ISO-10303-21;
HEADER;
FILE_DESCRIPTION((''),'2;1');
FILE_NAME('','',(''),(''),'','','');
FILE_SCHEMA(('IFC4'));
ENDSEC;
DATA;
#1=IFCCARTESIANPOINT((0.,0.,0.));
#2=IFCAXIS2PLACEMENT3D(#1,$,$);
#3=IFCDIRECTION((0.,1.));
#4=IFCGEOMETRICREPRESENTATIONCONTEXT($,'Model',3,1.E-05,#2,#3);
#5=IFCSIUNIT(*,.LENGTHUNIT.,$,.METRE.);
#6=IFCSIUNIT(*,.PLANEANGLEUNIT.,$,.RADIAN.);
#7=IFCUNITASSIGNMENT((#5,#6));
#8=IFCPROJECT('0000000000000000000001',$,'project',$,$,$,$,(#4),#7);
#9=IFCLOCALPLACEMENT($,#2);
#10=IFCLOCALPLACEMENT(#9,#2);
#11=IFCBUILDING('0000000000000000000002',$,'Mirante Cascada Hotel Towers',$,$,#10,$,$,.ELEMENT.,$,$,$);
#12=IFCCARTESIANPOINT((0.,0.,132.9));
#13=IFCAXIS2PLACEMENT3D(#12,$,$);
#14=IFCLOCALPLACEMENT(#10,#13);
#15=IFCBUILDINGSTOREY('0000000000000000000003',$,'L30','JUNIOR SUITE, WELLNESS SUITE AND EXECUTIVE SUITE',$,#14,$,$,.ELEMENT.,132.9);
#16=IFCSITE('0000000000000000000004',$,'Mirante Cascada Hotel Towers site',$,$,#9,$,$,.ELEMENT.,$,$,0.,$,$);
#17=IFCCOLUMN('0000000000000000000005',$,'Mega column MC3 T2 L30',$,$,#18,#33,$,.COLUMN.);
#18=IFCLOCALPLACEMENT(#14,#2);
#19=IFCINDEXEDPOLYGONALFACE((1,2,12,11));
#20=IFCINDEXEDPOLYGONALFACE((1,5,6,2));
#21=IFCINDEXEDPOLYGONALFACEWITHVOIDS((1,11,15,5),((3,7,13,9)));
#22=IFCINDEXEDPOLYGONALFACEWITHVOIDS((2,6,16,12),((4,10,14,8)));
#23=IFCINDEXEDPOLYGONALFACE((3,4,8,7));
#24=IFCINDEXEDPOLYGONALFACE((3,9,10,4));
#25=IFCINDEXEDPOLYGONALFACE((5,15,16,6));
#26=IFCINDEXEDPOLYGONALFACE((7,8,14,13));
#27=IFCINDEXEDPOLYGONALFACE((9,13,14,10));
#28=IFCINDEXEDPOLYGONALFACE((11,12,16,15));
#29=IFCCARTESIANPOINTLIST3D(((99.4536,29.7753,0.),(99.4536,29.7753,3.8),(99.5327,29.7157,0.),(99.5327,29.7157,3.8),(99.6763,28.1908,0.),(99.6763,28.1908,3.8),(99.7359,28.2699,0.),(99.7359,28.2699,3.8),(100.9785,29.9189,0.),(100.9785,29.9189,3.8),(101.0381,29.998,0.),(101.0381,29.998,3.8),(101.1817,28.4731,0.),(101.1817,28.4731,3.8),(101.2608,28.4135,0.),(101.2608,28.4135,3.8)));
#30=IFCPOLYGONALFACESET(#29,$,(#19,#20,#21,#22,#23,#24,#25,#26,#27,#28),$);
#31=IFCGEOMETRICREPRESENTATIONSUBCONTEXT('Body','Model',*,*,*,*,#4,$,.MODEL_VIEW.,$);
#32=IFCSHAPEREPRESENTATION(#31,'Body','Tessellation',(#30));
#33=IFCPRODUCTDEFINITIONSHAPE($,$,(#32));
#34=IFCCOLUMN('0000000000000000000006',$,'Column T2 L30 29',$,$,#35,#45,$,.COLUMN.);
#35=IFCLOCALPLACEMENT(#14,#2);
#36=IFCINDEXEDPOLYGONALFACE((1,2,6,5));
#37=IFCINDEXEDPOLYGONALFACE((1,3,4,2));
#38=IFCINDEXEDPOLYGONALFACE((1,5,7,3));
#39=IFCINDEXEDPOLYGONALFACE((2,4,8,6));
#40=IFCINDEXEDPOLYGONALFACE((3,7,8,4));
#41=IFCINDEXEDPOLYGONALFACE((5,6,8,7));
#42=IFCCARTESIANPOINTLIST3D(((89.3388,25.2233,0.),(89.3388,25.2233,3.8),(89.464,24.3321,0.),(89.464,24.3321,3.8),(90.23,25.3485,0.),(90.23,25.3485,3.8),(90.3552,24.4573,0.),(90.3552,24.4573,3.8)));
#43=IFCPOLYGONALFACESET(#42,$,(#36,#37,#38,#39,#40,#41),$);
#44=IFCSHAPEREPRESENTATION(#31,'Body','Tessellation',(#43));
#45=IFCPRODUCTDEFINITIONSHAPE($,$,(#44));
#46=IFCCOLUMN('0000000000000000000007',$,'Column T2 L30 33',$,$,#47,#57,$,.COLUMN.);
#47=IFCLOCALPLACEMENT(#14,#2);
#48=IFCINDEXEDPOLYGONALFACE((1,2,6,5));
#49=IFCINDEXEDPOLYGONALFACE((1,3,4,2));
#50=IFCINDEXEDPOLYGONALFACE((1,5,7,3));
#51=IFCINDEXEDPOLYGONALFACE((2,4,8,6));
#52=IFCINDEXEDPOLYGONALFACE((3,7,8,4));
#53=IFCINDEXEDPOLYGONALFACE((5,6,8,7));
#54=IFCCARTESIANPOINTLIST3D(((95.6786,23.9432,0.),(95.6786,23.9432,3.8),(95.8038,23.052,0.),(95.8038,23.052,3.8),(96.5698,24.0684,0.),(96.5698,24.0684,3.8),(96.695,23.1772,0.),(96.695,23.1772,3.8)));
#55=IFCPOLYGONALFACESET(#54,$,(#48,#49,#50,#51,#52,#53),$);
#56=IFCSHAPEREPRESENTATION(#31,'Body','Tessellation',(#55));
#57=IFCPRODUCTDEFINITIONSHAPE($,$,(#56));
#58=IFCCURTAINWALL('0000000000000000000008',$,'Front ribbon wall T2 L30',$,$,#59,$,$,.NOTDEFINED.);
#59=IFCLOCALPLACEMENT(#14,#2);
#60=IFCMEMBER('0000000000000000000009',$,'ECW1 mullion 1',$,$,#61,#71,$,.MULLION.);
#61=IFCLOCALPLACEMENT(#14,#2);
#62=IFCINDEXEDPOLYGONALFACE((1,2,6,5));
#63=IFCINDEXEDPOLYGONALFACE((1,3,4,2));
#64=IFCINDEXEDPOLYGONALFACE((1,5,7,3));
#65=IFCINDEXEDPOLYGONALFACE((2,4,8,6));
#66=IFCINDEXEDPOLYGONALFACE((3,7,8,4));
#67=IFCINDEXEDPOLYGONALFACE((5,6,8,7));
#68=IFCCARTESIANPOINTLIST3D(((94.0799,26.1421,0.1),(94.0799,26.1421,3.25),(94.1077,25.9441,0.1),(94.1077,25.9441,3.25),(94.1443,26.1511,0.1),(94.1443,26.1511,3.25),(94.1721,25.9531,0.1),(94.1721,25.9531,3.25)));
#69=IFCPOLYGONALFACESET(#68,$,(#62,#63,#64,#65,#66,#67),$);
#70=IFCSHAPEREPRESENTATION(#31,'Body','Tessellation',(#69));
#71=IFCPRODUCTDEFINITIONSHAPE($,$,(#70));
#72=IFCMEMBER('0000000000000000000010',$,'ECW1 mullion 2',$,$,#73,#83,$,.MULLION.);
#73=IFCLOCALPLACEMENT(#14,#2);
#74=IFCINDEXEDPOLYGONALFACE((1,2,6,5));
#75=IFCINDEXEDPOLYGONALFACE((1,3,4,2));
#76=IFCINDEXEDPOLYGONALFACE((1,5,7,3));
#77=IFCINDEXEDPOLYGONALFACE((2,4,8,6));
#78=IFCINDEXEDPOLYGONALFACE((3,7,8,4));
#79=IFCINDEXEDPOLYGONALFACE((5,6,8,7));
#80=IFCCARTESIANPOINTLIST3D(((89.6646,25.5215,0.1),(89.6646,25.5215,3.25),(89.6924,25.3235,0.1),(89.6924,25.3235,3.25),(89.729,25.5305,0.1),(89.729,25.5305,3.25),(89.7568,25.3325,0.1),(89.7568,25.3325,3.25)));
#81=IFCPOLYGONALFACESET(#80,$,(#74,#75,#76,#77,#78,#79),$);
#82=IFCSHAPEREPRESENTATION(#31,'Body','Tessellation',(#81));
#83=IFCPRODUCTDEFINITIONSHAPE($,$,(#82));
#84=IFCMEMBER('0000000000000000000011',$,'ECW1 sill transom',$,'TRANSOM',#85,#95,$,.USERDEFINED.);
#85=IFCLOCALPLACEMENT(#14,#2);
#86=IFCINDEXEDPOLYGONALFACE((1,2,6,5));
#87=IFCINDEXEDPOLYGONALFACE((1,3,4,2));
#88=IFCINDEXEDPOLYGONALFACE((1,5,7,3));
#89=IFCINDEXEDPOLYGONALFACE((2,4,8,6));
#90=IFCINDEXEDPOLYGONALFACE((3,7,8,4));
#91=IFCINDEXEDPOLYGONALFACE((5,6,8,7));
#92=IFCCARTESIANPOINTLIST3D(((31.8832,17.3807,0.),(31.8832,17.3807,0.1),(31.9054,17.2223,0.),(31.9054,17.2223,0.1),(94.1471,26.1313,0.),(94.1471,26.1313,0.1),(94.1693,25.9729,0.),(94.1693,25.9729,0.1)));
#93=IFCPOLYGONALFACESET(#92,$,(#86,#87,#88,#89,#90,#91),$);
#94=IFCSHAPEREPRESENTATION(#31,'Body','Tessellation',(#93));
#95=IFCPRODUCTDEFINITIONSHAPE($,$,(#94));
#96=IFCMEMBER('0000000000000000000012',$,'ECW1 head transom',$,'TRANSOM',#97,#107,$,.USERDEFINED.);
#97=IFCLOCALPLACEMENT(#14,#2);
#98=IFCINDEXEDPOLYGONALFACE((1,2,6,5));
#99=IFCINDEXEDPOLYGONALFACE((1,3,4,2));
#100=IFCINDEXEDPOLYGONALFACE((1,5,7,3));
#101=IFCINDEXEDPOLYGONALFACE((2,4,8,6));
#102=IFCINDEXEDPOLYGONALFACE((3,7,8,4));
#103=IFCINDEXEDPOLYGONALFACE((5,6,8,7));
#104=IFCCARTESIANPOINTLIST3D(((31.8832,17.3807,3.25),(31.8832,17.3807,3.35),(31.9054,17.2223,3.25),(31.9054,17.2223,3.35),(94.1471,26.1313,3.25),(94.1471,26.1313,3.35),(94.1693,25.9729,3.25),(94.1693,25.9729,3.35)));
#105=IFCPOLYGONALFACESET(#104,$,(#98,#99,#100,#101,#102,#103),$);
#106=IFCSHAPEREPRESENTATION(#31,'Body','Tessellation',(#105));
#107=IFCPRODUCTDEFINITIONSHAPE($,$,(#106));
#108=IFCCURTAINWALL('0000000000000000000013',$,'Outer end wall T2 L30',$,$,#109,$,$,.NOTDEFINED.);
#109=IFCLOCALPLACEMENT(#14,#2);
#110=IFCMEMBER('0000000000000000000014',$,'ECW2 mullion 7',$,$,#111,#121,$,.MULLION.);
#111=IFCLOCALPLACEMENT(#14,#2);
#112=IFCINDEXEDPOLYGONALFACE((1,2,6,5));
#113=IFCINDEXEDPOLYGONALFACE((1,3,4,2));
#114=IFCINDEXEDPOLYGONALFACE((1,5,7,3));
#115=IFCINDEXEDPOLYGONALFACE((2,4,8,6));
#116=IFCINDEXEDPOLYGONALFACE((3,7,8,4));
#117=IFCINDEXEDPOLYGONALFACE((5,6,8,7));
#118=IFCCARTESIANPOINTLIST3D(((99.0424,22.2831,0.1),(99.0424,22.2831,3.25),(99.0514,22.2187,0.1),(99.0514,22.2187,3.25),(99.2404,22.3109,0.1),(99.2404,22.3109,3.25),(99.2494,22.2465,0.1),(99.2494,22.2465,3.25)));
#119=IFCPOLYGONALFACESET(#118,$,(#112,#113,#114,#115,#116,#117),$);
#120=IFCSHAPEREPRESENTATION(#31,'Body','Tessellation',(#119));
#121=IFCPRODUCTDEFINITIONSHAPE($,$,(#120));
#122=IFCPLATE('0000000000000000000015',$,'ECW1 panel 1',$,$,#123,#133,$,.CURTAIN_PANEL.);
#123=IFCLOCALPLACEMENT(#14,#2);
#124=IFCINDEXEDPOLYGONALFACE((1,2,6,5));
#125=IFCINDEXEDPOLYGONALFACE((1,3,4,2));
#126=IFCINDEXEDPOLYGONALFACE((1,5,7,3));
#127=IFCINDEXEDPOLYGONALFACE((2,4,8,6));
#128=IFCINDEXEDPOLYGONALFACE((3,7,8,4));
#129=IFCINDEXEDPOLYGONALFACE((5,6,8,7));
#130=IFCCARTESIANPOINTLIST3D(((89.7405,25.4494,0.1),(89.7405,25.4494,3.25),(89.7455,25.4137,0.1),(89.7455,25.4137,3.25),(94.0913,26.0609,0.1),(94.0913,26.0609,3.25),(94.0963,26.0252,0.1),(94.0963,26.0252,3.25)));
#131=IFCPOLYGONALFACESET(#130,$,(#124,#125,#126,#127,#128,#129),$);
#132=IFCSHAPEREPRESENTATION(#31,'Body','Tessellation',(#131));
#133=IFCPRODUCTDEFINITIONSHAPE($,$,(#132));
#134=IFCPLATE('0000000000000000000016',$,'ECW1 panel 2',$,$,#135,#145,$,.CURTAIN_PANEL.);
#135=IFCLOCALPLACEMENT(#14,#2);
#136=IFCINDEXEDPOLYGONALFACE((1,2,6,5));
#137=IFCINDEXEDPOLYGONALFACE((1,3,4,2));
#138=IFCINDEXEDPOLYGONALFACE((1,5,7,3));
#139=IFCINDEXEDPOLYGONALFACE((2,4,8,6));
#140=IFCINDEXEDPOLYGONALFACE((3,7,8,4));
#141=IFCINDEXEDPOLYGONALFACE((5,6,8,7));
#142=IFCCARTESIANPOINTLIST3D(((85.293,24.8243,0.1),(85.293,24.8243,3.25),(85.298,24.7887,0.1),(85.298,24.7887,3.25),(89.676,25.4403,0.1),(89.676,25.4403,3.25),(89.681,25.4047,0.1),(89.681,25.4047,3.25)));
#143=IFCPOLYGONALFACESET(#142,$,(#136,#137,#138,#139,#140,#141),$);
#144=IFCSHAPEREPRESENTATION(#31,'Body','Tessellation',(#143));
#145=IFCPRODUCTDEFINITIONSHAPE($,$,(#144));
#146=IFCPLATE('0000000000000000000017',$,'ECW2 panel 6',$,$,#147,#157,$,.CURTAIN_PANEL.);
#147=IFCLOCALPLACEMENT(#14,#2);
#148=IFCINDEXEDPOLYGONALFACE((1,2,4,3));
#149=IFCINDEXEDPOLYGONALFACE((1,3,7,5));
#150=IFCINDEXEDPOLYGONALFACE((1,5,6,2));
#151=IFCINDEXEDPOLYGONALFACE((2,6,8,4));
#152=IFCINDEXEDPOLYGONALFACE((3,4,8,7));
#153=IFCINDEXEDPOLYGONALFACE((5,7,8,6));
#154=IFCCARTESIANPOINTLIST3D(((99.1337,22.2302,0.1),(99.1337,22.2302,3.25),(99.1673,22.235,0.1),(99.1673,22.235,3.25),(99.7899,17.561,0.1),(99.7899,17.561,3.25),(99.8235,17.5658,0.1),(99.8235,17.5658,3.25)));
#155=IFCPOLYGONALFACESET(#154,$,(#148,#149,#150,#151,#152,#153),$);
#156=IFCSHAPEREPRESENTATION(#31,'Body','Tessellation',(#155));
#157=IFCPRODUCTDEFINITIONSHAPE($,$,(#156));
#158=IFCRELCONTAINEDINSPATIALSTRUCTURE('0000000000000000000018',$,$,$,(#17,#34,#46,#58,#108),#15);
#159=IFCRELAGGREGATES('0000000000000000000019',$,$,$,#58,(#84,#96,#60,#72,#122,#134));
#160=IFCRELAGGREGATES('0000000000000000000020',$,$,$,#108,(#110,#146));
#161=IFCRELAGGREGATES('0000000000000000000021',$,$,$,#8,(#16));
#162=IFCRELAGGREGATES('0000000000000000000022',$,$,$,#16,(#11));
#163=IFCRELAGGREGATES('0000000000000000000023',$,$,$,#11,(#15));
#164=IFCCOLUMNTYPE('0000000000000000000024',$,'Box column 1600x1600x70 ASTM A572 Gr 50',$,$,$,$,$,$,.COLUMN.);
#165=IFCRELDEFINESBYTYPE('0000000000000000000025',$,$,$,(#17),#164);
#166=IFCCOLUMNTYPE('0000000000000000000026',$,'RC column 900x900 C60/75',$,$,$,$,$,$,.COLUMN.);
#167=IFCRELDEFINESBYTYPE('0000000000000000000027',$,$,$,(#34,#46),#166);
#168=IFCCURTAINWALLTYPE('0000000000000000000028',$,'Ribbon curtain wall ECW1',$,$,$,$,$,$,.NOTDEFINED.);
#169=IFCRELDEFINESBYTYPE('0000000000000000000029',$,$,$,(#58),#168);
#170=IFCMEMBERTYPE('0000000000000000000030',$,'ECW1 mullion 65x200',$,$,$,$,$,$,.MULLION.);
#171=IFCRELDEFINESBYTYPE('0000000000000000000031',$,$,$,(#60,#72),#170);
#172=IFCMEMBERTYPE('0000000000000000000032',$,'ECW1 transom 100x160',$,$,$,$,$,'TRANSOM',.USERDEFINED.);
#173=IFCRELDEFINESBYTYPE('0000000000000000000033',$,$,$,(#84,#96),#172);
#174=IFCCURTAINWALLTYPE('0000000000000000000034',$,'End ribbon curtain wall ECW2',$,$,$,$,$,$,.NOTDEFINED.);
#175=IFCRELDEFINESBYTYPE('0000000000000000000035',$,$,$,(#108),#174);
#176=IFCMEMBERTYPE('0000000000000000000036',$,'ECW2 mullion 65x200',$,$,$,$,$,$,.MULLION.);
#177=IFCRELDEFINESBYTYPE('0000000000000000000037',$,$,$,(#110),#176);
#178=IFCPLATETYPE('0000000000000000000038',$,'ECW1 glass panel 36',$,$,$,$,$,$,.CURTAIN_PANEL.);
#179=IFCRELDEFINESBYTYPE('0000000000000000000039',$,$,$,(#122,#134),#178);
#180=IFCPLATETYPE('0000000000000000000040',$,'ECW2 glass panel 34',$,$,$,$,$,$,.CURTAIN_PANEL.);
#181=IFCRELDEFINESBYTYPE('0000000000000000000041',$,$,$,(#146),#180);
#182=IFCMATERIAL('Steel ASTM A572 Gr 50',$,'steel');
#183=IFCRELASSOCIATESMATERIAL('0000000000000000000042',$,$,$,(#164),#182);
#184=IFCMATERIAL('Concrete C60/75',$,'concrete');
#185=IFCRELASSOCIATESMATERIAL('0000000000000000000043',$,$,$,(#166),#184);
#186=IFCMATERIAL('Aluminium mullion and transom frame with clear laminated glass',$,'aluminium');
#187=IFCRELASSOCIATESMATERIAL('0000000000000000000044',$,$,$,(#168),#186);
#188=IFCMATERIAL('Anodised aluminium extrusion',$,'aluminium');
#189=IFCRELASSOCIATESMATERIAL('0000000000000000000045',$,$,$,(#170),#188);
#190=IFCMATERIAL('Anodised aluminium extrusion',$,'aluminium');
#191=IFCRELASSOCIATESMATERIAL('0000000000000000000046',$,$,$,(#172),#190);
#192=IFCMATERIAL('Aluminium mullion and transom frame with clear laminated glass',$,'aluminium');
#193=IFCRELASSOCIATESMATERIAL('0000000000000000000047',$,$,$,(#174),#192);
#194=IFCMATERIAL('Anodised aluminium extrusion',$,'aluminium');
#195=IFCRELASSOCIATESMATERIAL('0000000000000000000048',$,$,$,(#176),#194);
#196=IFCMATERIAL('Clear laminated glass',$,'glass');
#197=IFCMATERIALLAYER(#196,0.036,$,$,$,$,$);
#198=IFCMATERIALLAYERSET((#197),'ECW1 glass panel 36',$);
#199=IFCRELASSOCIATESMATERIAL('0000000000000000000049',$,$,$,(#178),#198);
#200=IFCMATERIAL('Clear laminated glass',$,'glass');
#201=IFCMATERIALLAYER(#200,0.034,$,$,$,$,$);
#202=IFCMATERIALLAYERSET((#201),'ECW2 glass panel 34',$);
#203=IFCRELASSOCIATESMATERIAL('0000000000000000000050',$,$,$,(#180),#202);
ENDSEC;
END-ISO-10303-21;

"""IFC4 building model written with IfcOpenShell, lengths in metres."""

from ifc_helpers import new_model, si_unit, direction, frame, origin, origin_2d, place, context, subcontext, project, spatial, rectangle, hollow_rectangle, extrude, material, layer, layer_set, material_profile, profile_set, type_object, element, aggregate, save


model = new_model("IFC4")

# Units and contexts
model_context = context("Model", 3, precision=1e-05, world=origin(), true_north=direction((0.0, 1.0)))
body_context = subcontext(model_context, "Body", "Model", "MODEL_VIEW")
ifc_project = project(units=[si_unit("LENGTHUNIT", "METRE"), si_unit("PLANEANGLEUNIT", "RADIAN")], contexts=[model_context])

# Site, building, storey
site_placement = place(None, origin())
site = spatial("IfcSite", under=ifc_project, at=site_placement, Name="Mirante Cascada Hotel Towers site", CompositionType="ELEMENT", RefElevation=0.0)
building_placement = place(site_placement, origin())
building = spatial("IfcBuilding", under=site, at=building_placement, Name="Mirante Cascada Hotel Towers", CompositionType="ELEMENT")
storey_placement = place(building_placement, frame((0.0, 0.0, 132.9)))
storey = spatial("IfcBuildingStorey", under=building, at=storey_placement, Name="L30", Description="JUNIOR SUITE, WELLNESS SUITE AND EXECUTIVE SUITE", CompositionType="ELEMENT", Elevation=132.9)

# Columns
ifc_material_1 = material(Name="Steel ASTM A572 Gr 50", Category="steel")
ifc_material_profile_1 = material_profile(ifc_material_1, hollow_rectangle(XDim=1.6, YDim=1.6, WallThickness=0.07, at=origin_2d()), Name="Box column 1600x1600x70 ASTM A572 Gr 50")
ifc_profile_set_1 = profile_set([ifc_material_profile_1], Name="Steel ASTM A572 Gr 50")
column_type_1 = type_object("IfcColumnType", Name="Box column 1600x1600x70 ASTM A572 Gr 50", PredefinedType="COLUMN", material=ifc_profile_set_1)
column_placement = place(storey_placement, frame((100.3572, 29.0944, 0.0), z_axis=(0.0, 0.0, 1.0), x_axis=(0.990268, 0.139173, 0.0)))
element("IfcColumn", 1, at=column_placement, inside=storey, type_object=column_type_1, Name="Mega column MC3 T2 L30", PredefinedType="COLUMN", context=body_context, shape_type="SweptSolid", body=[
    extrude(hollow_rectangle(XDim=1.6, YDim=1.6, WallThickness=0.07, at=origin_2d()), origin(), (0.0, 0.0, 1.0), 3.8),
])
ifc_material_2 = material(Name="Concrete C60/75", Category="concrete")
ifc_material_profile_2 = material_profile(ifc_material_2, rectangle(XDim=0.9, YDim=0.9, at=origin_2d()), Name="RC column 900x900 C60/75")
ifc_profile_set_2 = profile_set([ifc_material_profile_2], Name="Concrete C60/75")
column_type_2 = type_object("IfcColumnType", Name="RC column 900x900 C60/75", PredefinedType="COLUMN", material=ifc_profile_set_2)
for number, where, z_axis, x_axis, name in (
    (2, (89.847, 24.8403, 0.0), (0.0, 0.0, 1.0), (0.990268, 0.139173, 0.0), "Column T2 L30 29"),
    (3, (96.1868, 23.5602, 0.0), (0.0, 0.0, 1.0), (0.990268, 0.139173, 0.0), "Column T2 L30 33"),
):
    element("IfcColumn", number, at=place(storey_placement, frame(where, z_axis=z_axis, x_axis=x_axis)), inside=storey, type_object=column_type_2, Name=name, PredefinedType="COLUMN", context=body_context, shape_type="SweptSolid", body=[
        extrude(rectangle(XDim=0.9, YDim=0.9, at=origin_2d()), origin(), (0.0, 0.0, 1.0), 3.8),
    ])

# Curtain wall, members
ifc_material_3 = material(Name="Aluminium mullion and transom frame with clear laminated glass", Category="aluminium")
curtain_wall_type_1 = type_object("IfcCurtainWallType", Name="Ribbon curtain wall ECW1", PredefinedType="NOTDEFINED", material=ifc_material_3)
curtain_wall_1_placement = place(storey_placement, origin())
curtain_wall_1 = element("IfcCurtainWall", 4, at=curtain_wall_1_placement, inside=storey, type_object=curtain_wall_type_1, Name="Front ribbon wall T2 L30", PredefinedType="NOTDEFINED")
ifc_material_4 = material(Name="Anodised aluminium extrusion", Category="aluminium")
ifc_material_profile_3 = material_profile(ifc_material_4, rectangle(XDim=0.2, YDim=0.065, at=origin_2d()), Name="ECW1 MULLION 65x200")
ifc_profile_set_3 = profile_set([ifc_material_profile_3], Name="Anodised aluminium extrusion")
member_type_1 = type_object("IfcMemberType", Name="ECW1 mullion 65x200", PredefinedType="MULLION", material=ifc_profile_set_3)
member_1_placement = place(storey_placement, frame((94.126, 26.0476, 0.1), z_axis=(0.0, 0.0, 1.0), x_axis=(0.139173, -0.990268, 0.0)))
member_1 = element("IfcMember", 5, at=member_1_placement, type_object=member_type_1, Name="ECW1 mullion 1", PredefinedType="MULLION", context=body_context, shape_type="SweptSolid", body=[
    extrude(rectangle(XDim=0.2, YDim=0.065, at=origin_2d()), origin(), (0.0, 0.0, 1.0), 3.15),
])
member_2_placement = place(storey_placement, frame((89.7107, 25.427, 0.1), z_axis=(0.0, 0.0, 1.0), x_axis=(0.139173, -0.990268, 0.0)))
member_2 = element("IfcMember", 6, at=member_2_placement, type_object=member_type_1, Name="ECW1 mullion 2", PredefinedType="MULLION", context=body_context, shape_type="SweptSolid", body=[
    extrude(rectangle(XDim=0.2, YDim=0.065, at=origin_2d()), origin(), (0.0, 0.0, 1.0), 3.15),
])
ifc_material_5 = material(Name="Anodised aluminium extrusion", Category="aluminium")
ifc_material_profile_4 = material_profile(ifc_material_5, rectangle(XDim=0.16, YDim=0.1, at=origin_2d()), Name="ECW1 TRANSOM 100x160")
ifc_profile_set_4 = profile_set([ifc_material_profile_4], Name="Anodised aluminium extrusion")
member_type_2 = type_object("IfcMemberType", Name="ECW1 transom 100x160", ElementType="TRANSOM", PredefinedType="USERDEFINED", material=ifc_profile_set_4)
member_3_placement = place(storey_placement, frame((94.1582, 26.0521, 0.05), z_axis=(-0.990268, -0.139173, 0.0), x_axis=(0.139173, -0.990268, 0.0)))
member_3 = element("IfcMember", 7, at=member_3_placement, type_object=member_type_2, Name="ECW1 sill transom", ObjectType="TRANSOM", PredefinedType="USERDEFINED", context=body_context, shape_type="SweptSolid", body=[
    extrude(rectangle(XDim=0.16, YDim=0.1, at=origin_2d()), origin(), (0.0, 0.0, 1.0), 62.8758),
])
member_4_placement = place(storey_placement, frame((94.1582, 26.0521, 3.3), z_axis=(-0.990268, -0.139173, 0.0), x_axis=(0.139173, -0.990268, 0.0)))
member_4 = element("IfcMember", 8, at=member_4_placement, type_object=member_type_2, Name="ECW1 head transom", ObjectType="TRANSOM", PredefinedType="USERDEFINED", context=body_context, shape_type="SweptSolid", body=[
    extrude(rectangle(XDim=0.16, YDim=0.1, at=origin_2d()), origin(), (0.0, 0.0, 1.0), 62.8758),
])

# Curtain wall, member
ifc_material_6 = material(Name="Aluminium mullion and transom frame with clear laminated glass", Category="aluminium")
curtain_wall_type_2 = type_object("IfcCurtainWallType", Name="End ribbon curtain wall ECW2", PredefinedType="NOTDEFINED", material=ifc_material_6)
curtain_wall_2_placement = place(storey_placement, origin())
curtain_wall_2 = element("IfcCurtainWall", 9, at=curtain_wall_2_placement, inside=storey, type_object=curtain_wall_type_2, Name="Outer end wall T2 L30", PredefinedType="NOTDEFINED")
ifc_material_7 = material(Name="Anodised aluminium extrusion", Category="aluminium")
ifc_material_profile_5 = material_profile(ifc_material_7, rectangle(XDim=0.2, YDim=0.065, at=origin_2d()), Name="ECW2 MULLION 65x200")
ifc_profile_set_5 = profile_set([ifc_material_profile_5], Name="Anodised aluminium extrusion")
member_type_3 = type_object("IfcMemberType", Name="ECW2 mullion 65x200", PredefinedType="MULLION", material=ifc_profile_set_5)
member_5_placement = place(storey_placement, frame((99.1459, 22.2648, 0.1), z_axis=(0.0, 0.0, 1.0), x_axis=(-0.990268, -0.139173, 0.0)))
member_5 = element("IfcMember", 10, at=member_5_placement, type_object=member_type_3, Name="ECW2 mullion 7", PredefinedType="MULLION", context=body_context, shape_type="SweptSolid", body=[
    extrude(rectangle(XDim=0.2, YDim=0.065, at=origin_2d()), origin(), (0.0, 0.0, 1.0), 3.15),
])

# Plates
ifc_material_8 = material(Name="Clear laminated glass", Category="glass")
ifc_layer_1 = layer(ifc_material_8, 0.036)
ifc_layer_set_1 = layer_set([ifc_layer_1], Name="ECW1 glass panel 36")
plate_type_1 = type_object("IfcPlateType", Name="ECW1 glass panel 36", PredefinedType="CURTAIN_PANEL", material=ifc_layer_set_1)
plate_1_placement = place(storey_placement, frame((91.9184, 25.7373, 0.1), z_axis=(0.0, 0.0, 1.0), x_axis=(-0.990268, -0.139173, 0.0)))
plate_1 = element("IfcPlate", 11, at=plate_1_placement, type_object=plate_type_1, Name="ECW1 panel 1", PredefinedType="CURTAIN_PANEL", context=body_context, shape_type="SweptSolid", body=[
    extrude(rectangle(XDim=4.3936, YDim=0.036, at=origin_2d()), origin(), (0.0, 0.0, 1.0), 3.15),
])
plate_2_placement = place(storey_placement, frame((87.487, 25.1145, 0.1), z_axis=(0.0, 0.0, 1.0), x_axis=(-0.990268, -0.139173, 0.0)))
plate_2 = element("IfcPlate", 12, at=plate_2_placement, type_object=plate_type_1, Name="ECW1 panel 2", PredefinedType="CURTAIN_PANEL", context=body_context, shape_type="SweptSolid", body=[
    extrude(rectangle(XDim=4.4261, YDim=0.036, at=origin_2d()), origin(), (0.0, 0.0, 1.0), 3.15),
])
aggregate(curtain_wall_1, [member_3, member_4, member_1, member_2, plate_1, plate_2])
ifc_material_9 = material(Name="Clear laminated glass", Category="glass")
ifc_layer_2 = layer(ifc_material_9, 0.034)
ifc_layer_set_2 = layer_set([ifc_layer_2], Name="ECW2 glass panel 34")
plate_type_2 = type_object("IfcPlateType", Name="ECW2 glass panel 34", PredefinedType="CURTAIN_PANEL", material=ifc_layer_set_2)
plate_3_placement = place(storey_placement, frame((99.4786, 19.898, 0.1), z_axis=(0.0, 0.0, 1.0), x_axis=(-0.139173, 0.990268, 0.0)))
plate_3 = element("IfcPlate", 13, at=plate_3_placement, type_object=plate_type_2, Name="ECW2 panel 6", PredefinedType="CURTAIN_PANEL", context=body_context, shape_type="SweptSolid", body=[
    extrude(rectangle(XDim=4.7151, YDim=0.034, at=origin_2d()), origin(), (0.0, 0.0, 1.0), 3.15),
])
aggregate(curtain_wall_2, [member_5, plate_3])

save(model, "model.ifc")
